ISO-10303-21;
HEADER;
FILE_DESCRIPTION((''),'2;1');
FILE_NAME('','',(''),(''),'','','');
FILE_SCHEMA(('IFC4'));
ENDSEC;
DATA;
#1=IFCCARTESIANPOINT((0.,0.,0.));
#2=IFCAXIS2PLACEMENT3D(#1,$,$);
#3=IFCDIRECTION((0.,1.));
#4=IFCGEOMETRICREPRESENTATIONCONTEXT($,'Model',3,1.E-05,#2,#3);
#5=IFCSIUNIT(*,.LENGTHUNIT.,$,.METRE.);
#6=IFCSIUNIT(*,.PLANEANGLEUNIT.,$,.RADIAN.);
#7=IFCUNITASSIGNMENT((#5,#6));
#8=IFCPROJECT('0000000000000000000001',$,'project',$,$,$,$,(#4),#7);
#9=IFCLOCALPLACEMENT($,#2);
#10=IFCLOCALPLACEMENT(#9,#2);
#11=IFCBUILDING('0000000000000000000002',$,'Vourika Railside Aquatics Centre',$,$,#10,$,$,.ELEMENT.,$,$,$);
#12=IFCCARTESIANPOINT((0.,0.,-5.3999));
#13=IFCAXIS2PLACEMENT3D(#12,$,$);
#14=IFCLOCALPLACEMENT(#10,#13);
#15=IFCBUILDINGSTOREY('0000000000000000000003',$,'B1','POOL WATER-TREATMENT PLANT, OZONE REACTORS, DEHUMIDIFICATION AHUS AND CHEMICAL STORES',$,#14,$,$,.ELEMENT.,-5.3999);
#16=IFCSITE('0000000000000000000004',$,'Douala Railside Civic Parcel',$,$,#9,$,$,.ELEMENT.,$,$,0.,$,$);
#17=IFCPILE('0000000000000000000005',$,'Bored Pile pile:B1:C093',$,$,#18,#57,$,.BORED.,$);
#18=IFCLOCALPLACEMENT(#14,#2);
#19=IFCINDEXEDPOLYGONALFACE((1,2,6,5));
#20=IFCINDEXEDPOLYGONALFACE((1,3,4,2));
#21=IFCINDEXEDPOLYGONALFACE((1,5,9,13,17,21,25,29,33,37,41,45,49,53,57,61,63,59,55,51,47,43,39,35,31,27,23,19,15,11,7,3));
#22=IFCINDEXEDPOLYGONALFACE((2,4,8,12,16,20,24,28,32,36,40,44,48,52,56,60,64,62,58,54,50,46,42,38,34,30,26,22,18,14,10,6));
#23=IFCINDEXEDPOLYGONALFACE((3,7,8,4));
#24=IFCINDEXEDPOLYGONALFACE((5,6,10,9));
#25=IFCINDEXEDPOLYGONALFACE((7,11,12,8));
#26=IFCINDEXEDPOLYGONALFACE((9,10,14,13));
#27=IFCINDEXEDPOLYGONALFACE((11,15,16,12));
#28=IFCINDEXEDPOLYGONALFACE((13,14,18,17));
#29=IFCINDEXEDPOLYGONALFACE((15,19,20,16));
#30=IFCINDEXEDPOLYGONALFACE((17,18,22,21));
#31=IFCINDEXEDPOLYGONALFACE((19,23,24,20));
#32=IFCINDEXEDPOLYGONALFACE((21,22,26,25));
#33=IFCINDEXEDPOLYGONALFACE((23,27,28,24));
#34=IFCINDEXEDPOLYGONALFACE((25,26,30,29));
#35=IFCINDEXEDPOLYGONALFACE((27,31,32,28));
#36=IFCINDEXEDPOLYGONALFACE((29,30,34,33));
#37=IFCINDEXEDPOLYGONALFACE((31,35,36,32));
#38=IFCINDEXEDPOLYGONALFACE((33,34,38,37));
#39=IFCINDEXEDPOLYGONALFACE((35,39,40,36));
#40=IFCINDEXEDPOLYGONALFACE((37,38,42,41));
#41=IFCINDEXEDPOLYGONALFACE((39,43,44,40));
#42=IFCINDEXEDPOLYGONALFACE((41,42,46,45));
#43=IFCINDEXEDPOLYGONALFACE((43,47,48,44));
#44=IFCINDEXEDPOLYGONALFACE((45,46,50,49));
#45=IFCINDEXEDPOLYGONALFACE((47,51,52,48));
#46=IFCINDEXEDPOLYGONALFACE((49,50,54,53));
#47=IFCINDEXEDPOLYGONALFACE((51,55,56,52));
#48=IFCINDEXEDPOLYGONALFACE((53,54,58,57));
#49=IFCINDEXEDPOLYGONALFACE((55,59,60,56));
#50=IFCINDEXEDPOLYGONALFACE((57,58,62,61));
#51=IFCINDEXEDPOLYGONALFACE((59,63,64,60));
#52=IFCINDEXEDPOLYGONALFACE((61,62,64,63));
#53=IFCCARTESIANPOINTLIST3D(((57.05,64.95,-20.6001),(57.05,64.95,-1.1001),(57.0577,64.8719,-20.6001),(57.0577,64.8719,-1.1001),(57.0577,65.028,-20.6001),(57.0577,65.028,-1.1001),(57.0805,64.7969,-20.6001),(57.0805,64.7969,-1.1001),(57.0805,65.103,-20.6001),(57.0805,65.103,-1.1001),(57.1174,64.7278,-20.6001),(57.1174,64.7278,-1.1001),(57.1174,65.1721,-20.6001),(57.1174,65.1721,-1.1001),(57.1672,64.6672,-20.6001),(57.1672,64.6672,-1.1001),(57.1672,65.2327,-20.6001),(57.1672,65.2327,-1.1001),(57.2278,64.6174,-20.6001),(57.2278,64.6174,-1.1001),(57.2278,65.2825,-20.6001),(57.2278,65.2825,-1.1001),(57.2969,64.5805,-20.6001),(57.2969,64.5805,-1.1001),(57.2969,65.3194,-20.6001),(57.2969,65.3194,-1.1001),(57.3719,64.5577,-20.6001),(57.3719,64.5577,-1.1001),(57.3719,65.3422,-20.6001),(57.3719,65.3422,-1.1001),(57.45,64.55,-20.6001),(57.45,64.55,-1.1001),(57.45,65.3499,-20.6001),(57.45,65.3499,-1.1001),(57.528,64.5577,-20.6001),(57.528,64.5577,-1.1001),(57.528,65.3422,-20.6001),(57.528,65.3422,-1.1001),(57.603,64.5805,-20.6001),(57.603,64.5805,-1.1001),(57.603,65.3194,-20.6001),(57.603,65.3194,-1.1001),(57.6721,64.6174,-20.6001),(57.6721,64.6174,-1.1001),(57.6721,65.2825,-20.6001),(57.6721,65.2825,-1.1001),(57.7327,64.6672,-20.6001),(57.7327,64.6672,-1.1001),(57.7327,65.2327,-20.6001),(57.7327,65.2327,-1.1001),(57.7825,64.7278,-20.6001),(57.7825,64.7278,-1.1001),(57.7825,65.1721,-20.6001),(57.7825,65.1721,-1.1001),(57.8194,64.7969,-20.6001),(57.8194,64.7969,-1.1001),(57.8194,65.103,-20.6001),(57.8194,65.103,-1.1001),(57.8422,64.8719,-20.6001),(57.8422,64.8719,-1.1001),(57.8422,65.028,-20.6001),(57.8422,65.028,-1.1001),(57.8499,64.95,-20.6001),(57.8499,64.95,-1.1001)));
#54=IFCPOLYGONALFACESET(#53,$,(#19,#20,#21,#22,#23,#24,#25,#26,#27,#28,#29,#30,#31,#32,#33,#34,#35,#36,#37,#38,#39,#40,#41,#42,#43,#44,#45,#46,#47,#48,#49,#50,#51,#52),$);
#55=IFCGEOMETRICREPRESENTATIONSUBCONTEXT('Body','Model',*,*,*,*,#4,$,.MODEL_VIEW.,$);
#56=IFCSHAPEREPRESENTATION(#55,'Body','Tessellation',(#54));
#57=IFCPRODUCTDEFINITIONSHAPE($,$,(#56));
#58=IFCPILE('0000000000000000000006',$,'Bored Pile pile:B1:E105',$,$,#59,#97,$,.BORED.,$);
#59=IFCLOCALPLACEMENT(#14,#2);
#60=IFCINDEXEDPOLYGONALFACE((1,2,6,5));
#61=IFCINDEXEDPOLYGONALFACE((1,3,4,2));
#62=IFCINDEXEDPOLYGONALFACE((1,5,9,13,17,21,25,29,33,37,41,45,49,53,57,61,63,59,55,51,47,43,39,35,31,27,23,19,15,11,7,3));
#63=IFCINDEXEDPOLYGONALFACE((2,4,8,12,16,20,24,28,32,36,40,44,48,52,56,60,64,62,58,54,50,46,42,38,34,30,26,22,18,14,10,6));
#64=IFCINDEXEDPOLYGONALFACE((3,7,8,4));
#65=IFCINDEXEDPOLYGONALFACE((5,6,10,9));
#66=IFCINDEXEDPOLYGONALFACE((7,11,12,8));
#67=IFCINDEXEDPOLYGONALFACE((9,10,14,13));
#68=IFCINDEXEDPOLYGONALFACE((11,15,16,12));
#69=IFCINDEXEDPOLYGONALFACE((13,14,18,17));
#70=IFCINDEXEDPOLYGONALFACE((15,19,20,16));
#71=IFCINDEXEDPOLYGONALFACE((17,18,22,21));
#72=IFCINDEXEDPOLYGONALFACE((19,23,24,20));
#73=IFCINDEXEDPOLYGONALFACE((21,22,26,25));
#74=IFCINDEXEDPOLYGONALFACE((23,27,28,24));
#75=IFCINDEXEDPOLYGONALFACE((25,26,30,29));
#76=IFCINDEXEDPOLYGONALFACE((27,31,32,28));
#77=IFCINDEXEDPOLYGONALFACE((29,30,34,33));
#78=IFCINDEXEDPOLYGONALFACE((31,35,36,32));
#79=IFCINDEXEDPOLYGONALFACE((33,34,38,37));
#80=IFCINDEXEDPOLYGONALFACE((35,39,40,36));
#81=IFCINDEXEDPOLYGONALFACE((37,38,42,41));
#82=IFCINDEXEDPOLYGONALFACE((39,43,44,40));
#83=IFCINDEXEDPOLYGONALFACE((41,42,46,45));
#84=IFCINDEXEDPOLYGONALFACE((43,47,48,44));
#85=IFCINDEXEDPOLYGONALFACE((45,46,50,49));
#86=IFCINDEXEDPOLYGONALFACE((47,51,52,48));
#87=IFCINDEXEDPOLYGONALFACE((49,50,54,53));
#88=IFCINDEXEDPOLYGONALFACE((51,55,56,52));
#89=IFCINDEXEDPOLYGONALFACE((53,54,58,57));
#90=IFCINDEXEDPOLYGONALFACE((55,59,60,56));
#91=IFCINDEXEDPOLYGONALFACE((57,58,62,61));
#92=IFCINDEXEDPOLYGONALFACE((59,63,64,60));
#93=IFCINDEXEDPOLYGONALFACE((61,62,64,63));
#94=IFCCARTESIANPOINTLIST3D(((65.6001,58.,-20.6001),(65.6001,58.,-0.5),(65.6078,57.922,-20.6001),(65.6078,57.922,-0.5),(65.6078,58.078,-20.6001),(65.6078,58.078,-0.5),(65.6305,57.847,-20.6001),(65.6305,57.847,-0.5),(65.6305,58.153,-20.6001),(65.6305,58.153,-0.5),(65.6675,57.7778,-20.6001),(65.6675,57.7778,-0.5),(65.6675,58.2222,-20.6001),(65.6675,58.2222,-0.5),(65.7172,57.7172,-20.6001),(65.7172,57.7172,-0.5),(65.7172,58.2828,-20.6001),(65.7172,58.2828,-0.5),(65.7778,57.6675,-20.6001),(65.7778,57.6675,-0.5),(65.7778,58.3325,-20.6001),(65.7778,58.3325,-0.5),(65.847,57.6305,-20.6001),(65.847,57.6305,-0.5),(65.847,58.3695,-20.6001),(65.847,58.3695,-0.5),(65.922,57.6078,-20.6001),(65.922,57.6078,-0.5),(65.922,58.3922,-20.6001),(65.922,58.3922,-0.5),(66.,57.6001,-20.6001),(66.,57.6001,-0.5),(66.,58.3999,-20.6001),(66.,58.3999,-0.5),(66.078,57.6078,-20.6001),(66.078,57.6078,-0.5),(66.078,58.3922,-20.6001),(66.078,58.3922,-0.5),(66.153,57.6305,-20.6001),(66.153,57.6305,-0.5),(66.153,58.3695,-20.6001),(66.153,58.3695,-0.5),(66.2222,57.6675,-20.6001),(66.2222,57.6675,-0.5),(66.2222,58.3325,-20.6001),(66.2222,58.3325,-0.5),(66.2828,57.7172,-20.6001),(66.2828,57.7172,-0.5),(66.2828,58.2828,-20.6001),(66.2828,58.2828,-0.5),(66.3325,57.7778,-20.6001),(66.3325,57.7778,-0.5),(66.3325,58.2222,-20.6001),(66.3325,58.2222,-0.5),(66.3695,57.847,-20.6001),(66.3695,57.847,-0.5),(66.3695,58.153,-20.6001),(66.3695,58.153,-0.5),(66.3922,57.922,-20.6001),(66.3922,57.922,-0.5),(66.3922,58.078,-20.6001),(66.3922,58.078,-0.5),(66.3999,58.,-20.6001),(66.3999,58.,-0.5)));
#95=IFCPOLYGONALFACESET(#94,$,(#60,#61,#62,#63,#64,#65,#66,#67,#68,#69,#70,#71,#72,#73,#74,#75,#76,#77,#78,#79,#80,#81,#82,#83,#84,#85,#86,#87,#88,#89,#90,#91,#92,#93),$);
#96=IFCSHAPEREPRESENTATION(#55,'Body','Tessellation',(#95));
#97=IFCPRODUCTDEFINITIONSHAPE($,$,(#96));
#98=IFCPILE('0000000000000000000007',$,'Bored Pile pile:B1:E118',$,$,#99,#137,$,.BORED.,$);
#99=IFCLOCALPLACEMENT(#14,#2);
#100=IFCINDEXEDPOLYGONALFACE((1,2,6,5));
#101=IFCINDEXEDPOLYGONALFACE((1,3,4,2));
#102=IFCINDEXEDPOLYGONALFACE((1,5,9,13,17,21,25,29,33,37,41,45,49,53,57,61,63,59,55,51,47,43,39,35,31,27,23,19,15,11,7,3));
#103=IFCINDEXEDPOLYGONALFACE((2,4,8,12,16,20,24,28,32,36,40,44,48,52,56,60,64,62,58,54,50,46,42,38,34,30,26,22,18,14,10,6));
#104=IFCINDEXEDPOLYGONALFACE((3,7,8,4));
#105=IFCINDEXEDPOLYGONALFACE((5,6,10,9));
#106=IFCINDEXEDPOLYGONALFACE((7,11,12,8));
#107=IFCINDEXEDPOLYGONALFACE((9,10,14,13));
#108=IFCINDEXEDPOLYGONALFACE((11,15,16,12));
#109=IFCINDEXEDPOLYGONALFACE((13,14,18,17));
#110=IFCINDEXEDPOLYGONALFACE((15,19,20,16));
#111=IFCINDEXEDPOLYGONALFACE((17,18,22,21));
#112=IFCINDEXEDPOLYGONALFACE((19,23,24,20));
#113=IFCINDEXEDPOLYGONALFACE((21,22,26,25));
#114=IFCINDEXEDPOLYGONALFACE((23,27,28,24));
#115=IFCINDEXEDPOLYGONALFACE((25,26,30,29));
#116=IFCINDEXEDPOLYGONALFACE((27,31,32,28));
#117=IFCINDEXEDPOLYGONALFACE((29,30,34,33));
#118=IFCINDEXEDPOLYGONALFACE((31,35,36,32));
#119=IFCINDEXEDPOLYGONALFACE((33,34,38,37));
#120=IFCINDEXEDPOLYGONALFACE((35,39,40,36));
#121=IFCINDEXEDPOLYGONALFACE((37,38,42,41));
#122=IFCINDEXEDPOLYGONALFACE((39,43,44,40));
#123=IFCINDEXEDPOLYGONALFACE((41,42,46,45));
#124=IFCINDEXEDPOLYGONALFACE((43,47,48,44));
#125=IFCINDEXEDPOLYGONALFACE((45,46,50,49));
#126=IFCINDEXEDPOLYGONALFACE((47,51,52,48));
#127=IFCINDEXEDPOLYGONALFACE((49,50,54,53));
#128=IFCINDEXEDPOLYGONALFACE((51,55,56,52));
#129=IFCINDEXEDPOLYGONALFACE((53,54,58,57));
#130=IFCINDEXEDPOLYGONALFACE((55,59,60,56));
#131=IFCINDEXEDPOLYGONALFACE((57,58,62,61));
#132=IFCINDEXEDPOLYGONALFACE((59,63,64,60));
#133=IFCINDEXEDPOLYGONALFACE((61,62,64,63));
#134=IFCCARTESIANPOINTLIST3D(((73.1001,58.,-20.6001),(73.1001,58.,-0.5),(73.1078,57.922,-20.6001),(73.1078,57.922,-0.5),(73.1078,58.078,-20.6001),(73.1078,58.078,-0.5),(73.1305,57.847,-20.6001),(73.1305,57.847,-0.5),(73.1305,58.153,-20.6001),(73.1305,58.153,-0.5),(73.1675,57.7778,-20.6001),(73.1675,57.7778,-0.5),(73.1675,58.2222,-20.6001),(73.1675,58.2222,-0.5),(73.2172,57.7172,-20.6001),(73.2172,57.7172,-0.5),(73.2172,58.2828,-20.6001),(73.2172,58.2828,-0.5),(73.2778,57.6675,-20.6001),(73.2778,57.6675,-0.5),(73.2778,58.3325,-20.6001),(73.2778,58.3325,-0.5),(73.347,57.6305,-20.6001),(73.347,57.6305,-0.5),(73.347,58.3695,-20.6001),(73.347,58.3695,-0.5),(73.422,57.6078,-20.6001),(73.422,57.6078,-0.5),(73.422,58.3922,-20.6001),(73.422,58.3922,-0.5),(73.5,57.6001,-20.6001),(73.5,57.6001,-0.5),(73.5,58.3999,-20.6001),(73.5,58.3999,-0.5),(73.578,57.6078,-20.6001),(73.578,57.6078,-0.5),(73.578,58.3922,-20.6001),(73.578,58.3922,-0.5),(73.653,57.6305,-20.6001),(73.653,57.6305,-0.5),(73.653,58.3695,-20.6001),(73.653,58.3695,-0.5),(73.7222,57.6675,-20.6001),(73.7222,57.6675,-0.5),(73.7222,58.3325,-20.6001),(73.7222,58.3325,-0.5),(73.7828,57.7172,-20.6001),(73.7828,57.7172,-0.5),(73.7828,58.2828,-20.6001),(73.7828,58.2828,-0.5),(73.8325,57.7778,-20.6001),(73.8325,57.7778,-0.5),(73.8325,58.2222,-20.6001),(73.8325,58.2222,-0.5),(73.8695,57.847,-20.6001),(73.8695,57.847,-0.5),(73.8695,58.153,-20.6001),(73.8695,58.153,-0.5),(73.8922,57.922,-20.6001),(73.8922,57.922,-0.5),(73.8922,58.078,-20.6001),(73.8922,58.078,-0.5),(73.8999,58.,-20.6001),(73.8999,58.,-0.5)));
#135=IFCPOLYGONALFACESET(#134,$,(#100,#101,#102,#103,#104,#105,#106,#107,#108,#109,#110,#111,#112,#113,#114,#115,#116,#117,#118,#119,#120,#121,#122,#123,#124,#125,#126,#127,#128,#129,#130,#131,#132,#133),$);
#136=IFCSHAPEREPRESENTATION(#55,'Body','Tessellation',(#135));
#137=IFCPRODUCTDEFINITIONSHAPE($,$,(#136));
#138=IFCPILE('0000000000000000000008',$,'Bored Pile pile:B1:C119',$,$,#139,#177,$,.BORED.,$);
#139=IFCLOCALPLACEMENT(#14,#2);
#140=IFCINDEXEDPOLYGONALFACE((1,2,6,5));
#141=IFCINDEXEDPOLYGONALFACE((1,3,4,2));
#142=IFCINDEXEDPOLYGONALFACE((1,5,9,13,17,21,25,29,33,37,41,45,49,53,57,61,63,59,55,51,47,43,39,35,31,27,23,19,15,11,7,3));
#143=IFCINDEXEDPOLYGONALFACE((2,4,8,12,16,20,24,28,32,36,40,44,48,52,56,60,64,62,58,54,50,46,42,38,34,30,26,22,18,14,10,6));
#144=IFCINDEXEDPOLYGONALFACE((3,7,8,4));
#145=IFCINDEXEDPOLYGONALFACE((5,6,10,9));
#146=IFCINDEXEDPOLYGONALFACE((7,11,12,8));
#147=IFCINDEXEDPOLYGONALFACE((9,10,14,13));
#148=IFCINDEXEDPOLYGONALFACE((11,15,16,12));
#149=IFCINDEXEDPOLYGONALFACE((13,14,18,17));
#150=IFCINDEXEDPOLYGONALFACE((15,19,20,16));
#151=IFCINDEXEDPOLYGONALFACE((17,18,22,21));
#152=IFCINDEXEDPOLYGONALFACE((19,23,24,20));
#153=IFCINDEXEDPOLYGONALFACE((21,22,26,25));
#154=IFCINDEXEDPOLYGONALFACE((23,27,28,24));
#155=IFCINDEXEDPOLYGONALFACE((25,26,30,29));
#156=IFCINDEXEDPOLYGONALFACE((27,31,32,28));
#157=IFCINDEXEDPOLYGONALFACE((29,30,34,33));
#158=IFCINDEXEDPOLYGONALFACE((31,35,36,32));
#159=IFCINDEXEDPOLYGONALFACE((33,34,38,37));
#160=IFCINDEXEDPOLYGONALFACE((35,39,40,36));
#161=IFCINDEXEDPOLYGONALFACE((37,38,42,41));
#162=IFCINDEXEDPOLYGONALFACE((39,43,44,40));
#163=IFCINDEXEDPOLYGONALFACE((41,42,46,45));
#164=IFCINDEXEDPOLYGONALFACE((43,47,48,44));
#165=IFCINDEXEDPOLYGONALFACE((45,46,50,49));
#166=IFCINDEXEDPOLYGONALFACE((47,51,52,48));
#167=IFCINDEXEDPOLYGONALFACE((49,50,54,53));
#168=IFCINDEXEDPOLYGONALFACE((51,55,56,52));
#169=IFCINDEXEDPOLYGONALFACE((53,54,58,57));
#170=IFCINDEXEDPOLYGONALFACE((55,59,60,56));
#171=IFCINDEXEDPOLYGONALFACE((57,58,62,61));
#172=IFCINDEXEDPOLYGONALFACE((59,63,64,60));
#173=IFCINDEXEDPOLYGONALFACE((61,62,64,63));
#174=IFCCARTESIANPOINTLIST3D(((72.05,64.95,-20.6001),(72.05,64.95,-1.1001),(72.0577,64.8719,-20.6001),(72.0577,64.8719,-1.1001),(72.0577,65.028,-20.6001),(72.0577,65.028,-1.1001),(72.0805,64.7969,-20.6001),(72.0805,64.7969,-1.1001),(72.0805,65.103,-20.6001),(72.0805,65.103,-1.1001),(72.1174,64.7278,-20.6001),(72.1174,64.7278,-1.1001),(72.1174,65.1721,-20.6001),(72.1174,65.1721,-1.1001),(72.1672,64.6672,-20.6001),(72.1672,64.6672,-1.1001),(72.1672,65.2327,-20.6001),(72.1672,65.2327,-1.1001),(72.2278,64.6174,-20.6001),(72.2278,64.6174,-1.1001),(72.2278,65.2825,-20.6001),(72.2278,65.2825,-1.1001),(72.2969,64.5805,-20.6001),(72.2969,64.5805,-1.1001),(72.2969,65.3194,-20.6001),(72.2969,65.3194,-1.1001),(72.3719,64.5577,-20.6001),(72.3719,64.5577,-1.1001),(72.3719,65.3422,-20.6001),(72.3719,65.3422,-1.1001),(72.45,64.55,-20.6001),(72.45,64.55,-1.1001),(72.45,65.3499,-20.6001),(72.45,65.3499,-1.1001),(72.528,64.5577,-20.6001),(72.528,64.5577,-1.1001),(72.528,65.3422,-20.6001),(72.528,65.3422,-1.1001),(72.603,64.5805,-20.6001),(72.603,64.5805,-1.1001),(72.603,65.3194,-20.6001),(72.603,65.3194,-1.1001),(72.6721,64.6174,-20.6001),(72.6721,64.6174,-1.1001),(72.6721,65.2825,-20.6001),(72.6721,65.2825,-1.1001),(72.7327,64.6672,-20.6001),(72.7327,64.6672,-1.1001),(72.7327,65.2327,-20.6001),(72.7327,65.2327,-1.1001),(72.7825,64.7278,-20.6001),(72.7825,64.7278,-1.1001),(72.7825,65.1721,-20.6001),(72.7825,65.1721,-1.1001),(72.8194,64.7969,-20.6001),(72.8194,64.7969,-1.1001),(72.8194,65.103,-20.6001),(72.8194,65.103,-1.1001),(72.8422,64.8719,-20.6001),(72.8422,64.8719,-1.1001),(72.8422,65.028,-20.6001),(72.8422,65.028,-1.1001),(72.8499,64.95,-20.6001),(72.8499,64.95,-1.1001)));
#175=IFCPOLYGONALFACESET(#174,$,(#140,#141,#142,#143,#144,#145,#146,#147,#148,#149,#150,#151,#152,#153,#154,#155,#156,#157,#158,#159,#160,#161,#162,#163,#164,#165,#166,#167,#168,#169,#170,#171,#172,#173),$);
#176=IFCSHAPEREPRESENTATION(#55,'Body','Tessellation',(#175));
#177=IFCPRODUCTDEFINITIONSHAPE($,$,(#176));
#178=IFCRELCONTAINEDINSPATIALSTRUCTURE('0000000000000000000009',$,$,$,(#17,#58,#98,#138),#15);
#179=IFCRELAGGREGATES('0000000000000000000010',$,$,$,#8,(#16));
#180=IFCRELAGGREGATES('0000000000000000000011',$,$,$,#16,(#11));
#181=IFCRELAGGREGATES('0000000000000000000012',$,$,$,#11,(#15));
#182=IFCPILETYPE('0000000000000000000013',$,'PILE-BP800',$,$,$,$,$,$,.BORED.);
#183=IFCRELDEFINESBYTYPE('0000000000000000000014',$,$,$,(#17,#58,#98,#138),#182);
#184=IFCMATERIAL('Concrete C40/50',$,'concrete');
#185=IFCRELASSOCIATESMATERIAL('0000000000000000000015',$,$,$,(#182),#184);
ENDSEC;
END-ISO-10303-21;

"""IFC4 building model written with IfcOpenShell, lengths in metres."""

from ifc_helpers import new_model, si_unit, direction, frame, origin, origin_2d, place, context, subcontext, project, spatial, circle, extrude, material, material_profile, profile_set, type_object, element, save


model = new_model("IFC4")

# Units and contexts
model_context = context("Model", 3, precision=1e-05, world=origin(), true_north=direction((0.0, 1.0)))
body_context = subcontext(model_context, "Body", "Model", "MODEL_VIEW")
ifc_project = project(units=[si_unit("LENGTHUNIT", "METRE"), si_unit("PLANEANGLEUNIT", "RADIAN")], contexts=[model_context])

# Site, building, storey
site_placement = place(None, origin())
site = spatial("IfcSite", under=ifc_project, at=site_placement, Name="Douala Railside Civic Parcel", CompositionType="ELEMENT", RefElevation=0.0)
building_placement = place(site_placement, origin())
building = spatial("IfcBuilding", under=site, at=building_placement, Name="Vourika Railside Aquatics Centre", CompositionType="ELEMENT")
storey_placement = place(building_placement, frame((0.0, 0.0, -5.3999)))
storey = spatial("IfcBuildingStorey", under=building, at=storey_placement, Name="B1", Description="POOL WATER-TREATMENT PLANT, OZONE REACTORS, DEHUMIDIFICATION AHUS AND CHEMICAL STORES", CompositionType="ELEMENT", Elevation=-5.3999)

# Shared definitions
ifc_material_1 = material(Name="Concrete C40/50", Category="concrete")

# Piles
ifc_material_profile_1 = material_profile(ifc_material_1, circle(Radius=0.3999, at=origin_2d()), Name="BP 800")
ifc_profile_set_1 = profile_set([ifc_material_profile_1], Name="Concrete C40/50")
pile_type_1 = type_object("IfcPileType", Name="PILE-BP800", PredefinedType="BORED", material=ifc_profile_set_1)
pile_1_placement = place(storey_placement, frame((57.45, 64.95, -1.1001), z_axis=(0.0, 0.0, -1.0), x_axis=(1.0, 0.0, 0.0)))
element("IfcPile", 1, at=pile_1_placement, inside=storey, type_object=pile_type_1, Name="Bored Pile pile:B1:C093", PredefinedType="BORED", context=body_context, shape_type="SweptSolid", body=[
    extrude(circle(Radius=0.3999, at=origin_2d()), origin(), (0.0, 0.0, 1.0), 19.5),
])
for number, where, z_axis, x_axis, name in (
    (2, (66.0, 58.0, -0.5), (0.0, 0.0, -1.0), (1.0, 0.0, 0.0), "Bored Pile pile:B1:E105"),
    (3, (73.5, 58.0, -0.5), (0.0, 0.0, -1.0), (1.0, 0.0, 0.0), "Bored Pile pile:B1:E118"),
):
    element("IfcPile", number, at=place(storey_placement, frame(where, z_axis=z_axis, x_axis=x_axis)), inside=storey, type_object=pile_type_1, Name=name, PredefinedType="BORED", context=body_context, shape_type="SweptSolid", body=[
        extrude(circle(Radius=0.3999, at=origin_2d()), origin(), (0.0, 0.0, 1.0), 20.1001),
    ])
pile_2_placement = place(storey_placement, frame((72.45, 64.95, -1.1001), z_axis=(0.0, 0.0, -1.0), x_axis=(1.0, 0.0, 0.0)))
element("IfcPile", 4, at=pile_2_placement, inside=storey, type_object=pile_type_1, Name="Bored Pile pile:B1:C119", PredefinedType="BORED", context=body_context, shape_type="SweptSolid", body=[
    extrude(circle(Radius=0.3999, at=origin_2d()), origin(), (0.0, 0.0, 1.0), 19.5),
])

save(model, "model.ifc")
